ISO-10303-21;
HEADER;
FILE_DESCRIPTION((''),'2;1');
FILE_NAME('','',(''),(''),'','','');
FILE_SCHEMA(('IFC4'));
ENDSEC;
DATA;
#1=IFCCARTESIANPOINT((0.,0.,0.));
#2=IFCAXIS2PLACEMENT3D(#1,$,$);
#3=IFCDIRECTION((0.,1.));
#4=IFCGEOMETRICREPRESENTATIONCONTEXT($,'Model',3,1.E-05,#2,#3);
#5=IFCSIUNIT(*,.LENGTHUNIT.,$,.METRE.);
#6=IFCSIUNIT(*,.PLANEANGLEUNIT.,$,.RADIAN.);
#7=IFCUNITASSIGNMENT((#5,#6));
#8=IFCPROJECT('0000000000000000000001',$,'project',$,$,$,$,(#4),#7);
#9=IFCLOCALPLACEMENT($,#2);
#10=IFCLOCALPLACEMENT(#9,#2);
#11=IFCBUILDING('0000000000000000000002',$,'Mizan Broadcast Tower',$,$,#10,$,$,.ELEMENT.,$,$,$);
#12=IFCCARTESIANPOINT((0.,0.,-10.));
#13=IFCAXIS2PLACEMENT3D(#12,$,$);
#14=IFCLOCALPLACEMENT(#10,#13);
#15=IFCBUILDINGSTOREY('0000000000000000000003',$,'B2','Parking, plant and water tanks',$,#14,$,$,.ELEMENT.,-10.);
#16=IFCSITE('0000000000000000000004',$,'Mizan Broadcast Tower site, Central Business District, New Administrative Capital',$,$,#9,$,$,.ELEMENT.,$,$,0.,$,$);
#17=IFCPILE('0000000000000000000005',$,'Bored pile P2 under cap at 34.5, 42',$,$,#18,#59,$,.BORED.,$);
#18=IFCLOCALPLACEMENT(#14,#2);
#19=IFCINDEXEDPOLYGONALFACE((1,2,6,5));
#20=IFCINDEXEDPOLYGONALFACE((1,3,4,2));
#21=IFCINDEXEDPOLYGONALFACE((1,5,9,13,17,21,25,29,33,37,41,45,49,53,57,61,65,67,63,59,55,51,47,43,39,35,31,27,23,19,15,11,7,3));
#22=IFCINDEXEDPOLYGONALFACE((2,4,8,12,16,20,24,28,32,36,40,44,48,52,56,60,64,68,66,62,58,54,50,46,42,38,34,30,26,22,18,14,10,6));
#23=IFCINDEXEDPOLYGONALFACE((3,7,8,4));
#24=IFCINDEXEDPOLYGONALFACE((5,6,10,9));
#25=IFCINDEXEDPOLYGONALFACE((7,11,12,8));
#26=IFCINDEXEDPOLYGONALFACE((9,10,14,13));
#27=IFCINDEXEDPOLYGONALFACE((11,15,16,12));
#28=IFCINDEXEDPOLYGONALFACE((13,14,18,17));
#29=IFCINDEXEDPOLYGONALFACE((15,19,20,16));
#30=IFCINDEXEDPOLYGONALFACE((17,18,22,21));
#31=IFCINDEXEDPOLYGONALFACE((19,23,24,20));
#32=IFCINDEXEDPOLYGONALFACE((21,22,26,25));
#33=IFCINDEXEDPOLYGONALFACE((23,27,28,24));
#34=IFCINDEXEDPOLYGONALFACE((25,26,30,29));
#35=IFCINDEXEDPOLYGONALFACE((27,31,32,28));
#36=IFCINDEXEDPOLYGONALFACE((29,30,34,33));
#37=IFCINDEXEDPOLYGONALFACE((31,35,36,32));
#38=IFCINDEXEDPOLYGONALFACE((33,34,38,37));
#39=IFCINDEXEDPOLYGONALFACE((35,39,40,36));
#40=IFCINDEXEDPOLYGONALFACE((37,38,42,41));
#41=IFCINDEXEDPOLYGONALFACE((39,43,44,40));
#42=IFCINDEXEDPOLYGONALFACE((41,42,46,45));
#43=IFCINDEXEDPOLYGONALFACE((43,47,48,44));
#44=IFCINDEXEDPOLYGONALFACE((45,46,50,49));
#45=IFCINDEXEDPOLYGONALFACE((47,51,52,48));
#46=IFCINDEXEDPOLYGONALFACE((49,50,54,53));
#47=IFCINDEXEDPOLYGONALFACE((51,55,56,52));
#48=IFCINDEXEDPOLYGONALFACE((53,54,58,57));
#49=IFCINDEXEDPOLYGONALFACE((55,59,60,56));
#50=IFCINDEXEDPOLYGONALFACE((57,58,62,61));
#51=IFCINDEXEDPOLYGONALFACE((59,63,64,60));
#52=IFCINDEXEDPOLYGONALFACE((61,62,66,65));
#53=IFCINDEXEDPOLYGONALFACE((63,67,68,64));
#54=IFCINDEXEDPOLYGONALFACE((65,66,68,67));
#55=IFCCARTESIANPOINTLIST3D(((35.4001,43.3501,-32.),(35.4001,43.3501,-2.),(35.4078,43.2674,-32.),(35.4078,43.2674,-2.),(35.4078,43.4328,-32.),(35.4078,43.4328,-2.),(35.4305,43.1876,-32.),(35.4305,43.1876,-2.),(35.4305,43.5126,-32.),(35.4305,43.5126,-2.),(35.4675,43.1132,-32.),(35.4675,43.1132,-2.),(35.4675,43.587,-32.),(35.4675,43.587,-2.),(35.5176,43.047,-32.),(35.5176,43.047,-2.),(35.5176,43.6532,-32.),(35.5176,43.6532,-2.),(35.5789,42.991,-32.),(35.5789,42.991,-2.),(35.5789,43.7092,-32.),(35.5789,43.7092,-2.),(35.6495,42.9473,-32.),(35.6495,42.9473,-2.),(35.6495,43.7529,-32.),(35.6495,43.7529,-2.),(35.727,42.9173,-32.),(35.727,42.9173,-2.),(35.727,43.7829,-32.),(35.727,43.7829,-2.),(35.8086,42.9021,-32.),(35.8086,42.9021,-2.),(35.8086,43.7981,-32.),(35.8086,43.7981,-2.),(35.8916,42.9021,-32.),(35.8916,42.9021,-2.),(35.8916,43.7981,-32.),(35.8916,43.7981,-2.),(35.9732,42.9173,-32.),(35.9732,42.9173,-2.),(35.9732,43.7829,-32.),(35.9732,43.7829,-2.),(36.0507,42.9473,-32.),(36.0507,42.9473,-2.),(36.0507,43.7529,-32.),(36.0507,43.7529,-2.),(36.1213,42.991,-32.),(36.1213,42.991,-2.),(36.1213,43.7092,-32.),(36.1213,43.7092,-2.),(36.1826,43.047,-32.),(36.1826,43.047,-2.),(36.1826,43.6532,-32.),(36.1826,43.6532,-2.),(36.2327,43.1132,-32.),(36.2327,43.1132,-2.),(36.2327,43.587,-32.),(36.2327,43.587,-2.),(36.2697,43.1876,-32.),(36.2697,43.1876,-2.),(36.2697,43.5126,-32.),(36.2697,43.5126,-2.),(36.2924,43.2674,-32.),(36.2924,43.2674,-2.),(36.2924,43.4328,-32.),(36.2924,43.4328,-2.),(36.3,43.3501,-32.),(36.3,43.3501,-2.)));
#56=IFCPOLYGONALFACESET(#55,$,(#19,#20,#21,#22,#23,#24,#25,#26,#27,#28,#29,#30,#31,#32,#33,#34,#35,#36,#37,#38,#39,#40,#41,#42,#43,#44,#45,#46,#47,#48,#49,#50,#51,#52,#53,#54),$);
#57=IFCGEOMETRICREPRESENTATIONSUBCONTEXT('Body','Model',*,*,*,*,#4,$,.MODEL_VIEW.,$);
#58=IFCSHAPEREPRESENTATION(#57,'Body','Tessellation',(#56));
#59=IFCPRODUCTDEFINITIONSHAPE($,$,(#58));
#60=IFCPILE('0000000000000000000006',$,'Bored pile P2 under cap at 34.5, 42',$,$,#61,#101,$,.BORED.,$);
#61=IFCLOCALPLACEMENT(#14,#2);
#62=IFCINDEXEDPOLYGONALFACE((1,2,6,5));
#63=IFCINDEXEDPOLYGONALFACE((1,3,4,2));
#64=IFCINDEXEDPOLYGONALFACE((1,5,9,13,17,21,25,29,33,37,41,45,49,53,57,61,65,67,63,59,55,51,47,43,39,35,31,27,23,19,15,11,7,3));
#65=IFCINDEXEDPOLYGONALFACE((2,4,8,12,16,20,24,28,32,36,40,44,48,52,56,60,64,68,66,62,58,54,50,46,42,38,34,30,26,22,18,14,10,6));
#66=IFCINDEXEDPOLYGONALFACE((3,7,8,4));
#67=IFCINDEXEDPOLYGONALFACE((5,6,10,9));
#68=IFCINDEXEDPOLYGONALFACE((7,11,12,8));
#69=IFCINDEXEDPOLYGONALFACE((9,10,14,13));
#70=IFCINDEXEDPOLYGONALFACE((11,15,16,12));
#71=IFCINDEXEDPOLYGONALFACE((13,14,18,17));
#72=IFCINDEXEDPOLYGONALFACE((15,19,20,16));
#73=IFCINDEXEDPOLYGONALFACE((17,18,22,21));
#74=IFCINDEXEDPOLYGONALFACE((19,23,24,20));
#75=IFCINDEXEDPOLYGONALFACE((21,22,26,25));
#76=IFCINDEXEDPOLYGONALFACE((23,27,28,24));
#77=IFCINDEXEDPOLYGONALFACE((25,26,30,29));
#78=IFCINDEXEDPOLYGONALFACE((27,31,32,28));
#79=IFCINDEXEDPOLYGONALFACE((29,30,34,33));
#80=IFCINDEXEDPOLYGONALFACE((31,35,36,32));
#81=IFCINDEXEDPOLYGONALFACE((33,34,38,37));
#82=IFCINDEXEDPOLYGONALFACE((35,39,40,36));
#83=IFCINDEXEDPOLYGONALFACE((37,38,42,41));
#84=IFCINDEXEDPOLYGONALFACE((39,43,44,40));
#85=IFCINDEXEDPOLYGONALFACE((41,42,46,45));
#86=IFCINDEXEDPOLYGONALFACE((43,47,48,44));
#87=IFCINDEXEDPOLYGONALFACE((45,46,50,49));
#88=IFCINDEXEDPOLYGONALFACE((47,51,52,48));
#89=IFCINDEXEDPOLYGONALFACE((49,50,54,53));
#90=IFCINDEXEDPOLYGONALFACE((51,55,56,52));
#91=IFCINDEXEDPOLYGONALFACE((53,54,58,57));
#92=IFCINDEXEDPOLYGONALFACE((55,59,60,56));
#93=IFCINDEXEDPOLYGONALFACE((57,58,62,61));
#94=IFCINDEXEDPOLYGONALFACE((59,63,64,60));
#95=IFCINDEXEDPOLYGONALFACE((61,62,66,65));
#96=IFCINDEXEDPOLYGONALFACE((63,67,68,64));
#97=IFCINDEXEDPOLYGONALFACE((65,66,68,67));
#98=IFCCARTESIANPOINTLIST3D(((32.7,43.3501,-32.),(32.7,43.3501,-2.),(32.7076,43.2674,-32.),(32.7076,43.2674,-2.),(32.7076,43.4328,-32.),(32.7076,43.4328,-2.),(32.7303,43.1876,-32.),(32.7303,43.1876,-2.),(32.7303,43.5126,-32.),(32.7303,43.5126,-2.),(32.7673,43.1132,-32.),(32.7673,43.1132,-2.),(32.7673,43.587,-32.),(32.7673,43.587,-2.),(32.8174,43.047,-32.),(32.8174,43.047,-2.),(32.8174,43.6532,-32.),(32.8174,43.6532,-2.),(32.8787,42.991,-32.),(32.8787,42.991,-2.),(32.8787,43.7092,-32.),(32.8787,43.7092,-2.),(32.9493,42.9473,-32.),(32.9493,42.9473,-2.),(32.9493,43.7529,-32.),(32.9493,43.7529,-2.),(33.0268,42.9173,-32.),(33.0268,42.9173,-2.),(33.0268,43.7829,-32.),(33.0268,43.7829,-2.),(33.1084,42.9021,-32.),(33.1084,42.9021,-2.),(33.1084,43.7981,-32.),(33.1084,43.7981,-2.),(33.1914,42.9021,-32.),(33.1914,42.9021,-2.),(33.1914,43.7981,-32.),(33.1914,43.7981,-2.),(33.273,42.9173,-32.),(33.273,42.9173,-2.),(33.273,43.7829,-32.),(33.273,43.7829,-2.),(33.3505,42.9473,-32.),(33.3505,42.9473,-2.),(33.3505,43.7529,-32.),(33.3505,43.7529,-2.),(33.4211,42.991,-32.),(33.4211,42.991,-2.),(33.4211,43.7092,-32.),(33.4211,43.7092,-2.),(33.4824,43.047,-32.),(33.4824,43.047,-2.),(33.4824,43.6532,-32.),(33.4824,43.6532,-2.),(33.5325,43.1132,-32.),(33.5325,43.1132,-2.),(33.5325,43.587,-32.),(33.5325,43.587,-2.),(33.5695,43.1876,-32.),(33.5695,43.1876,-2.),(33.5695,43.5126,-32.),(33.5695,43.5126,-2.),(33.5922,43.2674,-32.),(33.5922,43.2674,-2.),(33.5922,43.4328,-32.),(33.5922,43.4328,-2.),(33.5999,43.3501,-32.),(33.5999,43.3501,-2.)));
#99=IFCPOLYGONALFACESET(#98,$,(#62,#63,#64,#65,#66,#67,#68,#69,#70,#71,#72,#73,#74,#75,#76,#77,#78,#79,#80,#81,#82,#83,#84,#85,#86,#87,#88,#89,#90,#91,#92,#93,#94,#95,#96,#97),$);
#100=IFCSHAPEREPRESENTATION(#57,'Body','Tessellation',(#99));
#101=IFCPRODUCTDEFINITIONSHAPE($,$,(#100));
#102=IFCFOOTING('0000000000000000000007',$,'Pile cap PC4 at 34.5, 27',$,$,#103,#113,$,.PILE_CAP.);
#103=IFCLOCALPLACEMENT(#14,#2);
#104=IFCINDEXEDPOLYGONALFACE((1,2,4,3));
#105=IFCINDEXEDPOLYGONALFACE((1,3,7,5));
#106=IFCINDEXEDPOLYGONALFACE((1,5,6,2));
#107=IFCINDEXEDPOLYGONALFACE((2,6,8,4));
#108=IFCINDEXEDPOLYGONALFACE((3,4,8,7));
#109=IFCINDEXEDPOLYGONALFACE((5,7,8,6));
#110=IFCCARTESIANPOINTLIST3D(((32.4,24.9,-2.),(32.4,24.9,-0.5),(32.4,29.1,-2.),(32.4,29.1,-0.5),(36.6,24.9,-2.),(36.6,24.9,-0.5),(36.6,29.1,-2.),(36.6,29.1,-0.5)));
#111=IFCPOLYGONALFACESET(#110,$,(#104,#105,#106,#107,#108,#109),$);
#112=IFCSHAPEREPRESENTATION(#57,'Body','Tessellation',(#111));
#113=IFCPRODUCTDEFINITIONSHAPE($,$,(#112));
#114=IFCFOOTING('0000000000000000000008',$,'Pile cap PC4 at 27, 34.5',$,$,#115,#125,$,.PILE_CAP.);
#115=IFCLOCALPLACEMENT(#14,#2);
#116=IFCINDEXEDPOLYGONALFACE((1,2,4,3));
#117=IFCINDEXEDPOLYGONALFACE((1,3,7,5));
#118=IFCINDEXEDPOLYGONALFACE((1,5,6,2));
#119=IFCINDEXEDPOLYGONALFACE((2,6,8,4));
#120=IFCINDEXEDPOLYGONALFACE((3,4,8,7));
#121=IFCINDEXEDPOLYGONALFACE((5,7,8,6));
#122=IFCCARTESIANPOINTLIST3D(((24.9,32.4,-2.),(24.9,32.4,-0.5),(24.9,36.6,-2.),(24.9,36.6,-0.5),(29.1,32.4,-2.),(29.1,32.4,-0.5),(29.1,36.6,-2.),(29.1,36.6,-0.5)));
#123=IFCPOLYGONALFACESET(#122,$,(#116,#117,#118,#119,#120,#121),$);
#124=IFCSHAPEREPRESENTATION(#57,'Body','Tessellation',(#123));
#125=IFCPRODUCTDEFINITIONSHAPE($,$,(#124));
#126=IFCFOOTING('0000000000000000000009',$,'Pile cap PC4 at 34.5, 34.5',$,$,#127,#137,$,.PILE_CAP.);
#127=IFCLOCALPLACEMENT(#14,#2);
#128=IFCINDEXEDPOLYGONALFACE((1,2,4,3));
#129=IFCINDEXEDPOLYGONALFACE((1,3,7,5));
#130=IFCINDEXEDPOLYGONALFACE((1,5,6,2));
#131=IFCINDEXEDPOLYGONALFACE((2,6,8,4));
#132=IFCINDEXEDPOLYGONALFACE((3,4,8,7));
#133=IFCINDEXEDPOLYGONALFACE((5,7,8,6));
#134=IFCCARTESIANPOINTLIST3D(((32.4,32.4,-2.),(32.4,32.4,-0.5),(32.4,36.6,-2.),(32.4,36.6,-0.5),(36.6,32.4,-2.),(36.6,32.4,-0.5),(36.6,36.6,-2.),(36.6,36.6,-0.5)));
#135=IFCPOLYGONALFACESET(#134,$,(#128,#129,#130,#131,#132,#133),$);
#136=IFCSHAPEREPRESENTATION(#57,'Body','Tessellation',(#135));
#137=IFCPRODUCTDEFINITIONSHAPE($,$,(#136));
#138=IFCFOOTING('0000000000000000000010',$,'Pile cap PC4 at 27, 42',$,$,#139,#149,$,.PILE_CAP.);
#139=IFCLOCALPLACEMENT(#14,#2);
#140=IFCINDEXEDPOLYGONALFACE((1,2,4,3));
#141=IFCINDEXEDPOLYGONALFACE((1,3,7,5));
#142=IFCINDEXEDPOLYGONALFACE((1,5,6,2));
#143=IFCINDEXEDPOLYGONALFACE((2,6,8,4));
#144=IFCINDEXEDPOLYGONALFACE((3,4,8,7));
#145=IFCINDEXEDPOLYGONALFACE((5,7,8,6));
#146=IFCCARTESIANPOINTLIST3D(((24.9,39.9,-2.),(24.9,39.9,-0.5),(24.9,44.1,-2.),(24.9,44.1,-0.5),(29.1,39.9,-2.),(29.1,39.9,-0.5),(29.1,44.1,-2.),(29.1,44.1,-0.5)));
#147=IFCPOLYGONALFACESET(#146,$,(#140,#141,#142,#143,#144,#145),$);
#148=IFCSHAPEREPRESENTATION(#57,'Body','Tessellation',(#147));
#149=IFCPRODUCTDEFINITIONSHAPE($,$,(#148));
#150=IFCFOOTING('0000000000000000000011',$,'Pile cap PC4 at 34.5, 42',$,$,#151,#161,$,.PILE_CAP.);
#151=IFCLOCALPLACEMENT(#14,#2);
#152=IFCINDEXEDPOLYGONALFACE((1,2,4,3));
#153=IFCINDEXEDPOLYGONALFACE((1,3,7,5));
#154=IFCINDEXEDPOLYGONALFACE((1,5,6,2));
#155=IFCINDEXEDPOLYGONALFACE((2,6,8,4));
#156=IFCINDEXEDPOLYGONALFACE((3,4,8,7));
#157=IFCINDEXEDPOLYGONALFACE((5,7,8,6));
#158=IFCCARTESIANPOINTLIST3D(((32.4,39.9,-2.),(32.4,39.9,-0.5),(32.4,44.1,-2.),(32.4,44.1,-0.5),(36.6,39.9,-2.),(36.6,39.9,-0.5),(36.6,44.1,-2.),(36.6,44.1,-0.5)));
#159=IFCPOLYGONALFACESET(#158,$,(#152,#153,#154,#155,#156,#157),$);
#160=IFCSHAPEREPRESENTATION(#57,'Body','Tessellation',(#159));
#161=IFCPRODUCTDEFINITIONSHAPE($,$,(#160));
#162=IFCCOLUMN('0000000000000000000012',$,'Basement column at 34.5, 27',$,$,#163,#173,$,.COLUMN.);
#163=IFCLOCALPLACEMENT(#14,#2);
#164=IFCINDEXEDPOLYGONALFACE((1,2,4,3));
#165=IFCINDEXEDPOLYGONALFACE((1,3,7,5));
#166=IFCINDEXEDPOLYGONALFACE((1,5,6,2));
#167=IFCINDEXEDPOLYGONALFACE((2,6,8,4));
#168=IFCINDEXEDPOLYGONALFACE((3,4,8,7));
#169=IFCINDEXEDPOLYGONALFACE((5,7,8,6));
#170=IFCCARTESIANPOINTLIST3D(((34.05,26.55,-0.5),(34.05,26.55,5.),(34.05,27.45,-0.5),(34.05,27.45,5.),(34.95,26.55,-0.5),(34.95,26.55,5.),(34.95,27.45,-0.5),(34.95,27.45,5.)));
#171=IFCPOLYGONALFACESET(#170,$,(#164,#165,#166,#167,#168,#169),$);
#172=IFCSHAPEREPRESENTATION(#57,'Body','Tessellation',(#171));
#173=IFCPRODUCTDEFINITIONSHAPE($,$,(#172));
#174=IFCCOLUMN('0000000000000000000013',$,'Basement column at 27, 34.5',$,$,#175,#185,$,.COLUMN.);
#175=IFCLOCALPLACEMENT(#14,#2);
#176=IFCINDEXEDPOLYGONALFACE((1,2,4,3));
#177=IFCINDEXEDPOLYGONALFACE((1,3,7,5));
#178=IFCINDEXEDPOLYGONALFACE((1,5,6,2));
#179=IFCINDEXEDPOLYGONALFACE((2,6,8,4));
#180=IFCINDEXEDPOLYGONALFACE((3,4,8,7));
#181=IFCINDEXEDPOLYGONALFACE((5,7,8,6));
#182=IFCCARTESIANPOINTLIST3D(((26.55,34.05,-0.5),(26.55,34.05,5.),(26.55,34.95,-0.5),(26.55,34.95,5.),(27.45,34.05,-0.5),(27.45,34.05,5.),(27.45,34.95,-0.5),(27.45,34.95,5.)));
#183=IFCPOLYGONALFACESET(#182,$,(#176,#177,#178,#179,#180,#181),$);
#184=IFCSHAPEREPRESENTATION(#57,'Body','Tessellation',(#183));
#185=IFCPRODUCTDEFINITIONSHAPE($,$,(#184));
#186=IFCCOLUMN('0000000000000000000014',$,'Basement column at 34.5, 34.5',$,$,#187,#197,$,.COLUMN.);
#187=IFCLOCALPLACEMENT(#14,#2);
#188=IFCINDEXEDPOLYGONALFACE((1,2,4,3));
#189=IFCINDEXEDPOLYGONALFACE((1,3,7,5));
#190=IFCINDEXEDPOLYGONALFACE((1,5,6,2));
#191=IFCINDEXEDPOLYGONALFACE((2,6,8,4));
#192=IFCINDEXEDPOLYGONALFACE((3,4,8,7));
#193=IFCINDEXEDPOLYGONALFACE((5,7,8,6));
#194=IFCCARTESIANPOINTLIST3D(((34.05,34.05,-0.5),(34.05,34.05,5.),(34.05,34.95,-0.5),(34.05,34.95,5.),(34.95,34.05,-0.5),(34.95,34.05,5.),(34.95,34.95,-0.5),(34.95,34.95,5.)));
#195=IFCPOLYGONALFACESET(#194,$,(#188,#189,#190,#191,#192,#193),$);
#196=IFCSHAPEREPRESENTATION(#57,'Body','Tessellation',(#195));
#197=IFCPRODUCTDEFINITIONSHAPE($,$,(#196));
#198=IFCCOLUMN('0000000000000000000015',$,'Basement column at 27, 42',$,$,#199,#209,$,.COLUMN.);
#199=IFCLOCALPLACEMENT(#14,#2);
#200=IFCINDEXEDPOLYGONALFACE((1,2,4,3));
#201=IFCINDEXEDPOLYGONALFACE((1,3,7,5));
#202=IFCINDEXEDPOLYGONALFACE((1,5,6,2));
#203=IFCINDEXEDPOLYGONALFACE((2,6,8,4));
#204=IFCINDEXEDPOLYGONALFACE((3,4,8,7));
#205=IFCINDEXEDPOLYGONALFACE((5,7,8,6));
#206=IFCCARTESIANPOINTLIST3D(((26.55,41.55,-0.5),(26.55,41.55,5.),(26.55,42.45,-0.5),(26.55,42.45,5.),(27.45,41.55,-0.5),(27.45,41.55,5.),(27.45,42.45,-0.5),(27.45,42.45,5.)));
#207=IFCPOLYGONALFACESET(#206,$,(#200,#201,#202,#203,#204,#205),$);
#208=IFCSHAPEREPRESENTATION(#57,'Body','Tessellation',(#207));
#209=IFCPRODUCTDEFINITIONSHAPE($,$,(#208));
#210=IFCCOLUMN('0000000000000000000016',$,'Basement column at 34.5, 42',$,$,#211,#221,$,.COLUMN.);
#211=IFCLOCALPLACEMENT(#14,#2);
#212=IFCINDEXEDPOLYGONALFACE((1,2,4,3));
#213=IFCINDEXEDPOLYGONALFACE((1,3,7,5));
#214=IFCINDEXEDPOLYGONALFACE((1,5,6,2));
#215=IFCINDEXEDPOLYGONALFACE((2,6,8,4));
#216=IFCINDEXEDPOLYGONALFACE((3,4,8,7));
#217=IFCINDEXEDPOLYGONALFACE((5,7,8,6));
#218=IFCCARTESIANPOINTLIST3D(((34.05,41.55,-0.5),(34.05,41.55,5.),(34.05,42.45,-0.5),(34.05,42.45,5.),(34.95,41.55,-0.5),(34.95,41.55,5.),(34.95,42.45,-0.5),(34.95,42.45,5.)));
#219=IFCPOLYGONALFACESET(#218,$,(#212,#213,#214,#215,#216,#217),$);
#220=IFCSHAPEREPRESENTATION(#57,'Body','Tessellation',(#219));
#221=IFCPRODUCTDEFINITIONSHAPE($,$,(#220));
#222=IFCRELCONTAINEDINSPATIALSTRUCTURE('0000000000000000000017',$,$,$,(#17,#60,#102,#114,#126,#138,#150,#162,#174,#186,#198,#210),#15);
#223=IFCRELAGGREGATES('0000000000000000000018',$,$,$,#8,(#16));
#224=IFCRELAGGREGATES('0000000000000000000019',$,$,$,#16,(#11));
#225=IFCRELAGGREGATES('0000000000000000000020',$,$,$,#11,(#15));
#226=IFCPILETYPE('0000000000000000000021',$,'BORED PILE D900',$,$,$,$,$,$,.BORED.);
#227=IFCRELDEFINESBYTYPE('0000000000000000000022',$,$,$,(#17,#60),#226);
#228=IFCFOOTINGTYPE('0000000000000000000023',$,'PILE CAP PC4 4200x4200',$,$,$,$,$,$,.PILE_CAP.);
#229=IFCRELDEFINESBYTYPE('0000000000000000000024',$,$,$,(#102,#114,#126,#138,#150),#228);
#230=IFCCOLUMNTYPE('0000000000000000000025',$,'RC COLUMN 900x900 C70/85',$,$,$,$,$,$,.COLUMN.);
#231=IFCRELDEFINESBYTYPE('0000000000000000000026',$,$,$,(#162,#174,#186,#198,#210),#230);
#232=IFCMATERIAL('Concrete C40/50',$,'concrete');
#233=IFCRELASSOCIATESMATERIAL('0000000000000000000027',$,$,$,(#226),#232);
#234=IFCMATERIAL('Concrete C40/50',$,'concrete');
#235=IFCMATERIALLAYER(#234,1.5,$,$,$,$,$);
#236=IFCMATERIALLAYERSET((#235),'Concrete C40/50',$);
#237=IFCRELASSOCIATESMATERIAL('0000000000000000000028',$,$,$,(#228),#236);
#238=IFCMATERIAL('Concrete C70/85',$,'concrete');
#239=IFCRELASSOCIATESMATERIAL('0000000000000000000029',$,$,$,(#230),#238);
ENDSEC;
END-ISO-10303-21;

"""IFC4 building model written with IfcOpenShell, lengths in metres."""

from ifc_helpers import new_model, si_unit, direction, frame, origin, origin_2d, place, context, subcontext, project, spatial, rectangle, circle, extrude, material, layer, layer_set, material_profile, profile_set, type_object, element, save


model = new_model("IFC4")

# Units and contexts
model_context = context("Model", 3, precision=1e-05, world=origin(), true_north=direction((0.0, 1.0)))
body_context = subcontext(model_context, "Body", "Model", "MODEL_VIEW")
ifc_project = project(units=[si_unit("LENGTHUNIT", "METRE"), si_unit("PLANEANGLEUNIT", "RADIAN")], contexts=[model_context])

# Site, building, storey
site_placement = place(None, origin())
site = spatial("IfcSite", under=ifc_project, at=site_placement, Name="Mizan Broadcast Tower site, Central Business District, New Administrative Capital", CompositionType="ELEMENT", RefElevation=0.0)
building_placement = place(site_placement, origin())
building = spatial("IfcBuilding", under=site, at=building_placement, Name="Mizan Broadcast Tower", CompositionType="ELEMENT")
storey_placement = place(building_placement, frame((0.0, 0.0, -10.0)))
storey = spatial("IfcBuildingStorey", under=building, at=storey_placement, Name="B2", Description="Parking, plant and water tanks", CompositionType="ELEMENT", Elevation=-10.0)

# Piles
ifc_material_1 = material(Name="Concrete C40/50", Category="concrete")
ifc_material_profile_1 = material_profile(ifc_material_1, circle(Radius=0.45, at=origin_2d()), Name="D900")
ifc_profile_set_1 = profile_set([ifc_material_profile_1], Name="Concrete C40/50")
pile_type = type_object("IfcPileType", Name="BORED PILE D900", PredefinedType="BORED", material=ifc_profile_set_1)
for number, where, z_axis, x_axis, name in (
    (1, (35.8501, 43.3501, -2.0), (0.0, 0.0, -1.0), (1.0, 0.0, 0.0), "Bored pile P2 under cap at 34.5, 42"),
    (2, (33.1499, 43.3501, -2.0), (0.0, 0.0, -1.0), (1.0, 0.0, 0.0), "Bored pile P2 under cap at 34.5, 42"),
):
    element("IfcPile", number, at=place(storey_placement, frame(where, z_axis=z_axis, x_axis=x_axis)), inside=storey, type_object=pile_type, Name=name, PredefinedType="BORED", context=body_context, shape_type="SweptSolid", body=[
        extrude(circle(Radius=0.45, at=origin_2d()), origin(), (0.0, 0.0, 1.0), 30.0),
    ])

# Footings
ifc_material_2 = material(Name="Concrete C40/50", Category="concrete")
ifc_layer = layer(ifc_material_2, 1.5)
ifc_layer_set = layer_set([ifc_layer], Name="Concrete C40/50")
footing_type = type_object("IfcFootingType", Name="PILE CAP PC4 4200x4200", PredefinedType="PILE_CAP", material=ifc_layer_set)
for number, where, z_axis, x_axis, name in (
    (3, (34.5, 27.0, -2.0), (0.0, 0.0, 1.0), (1.0, 0.0, 0.0), "Pile cap PC4 at 34.5, 27"),
    (4, (27.0, 34.5, -2.0), (0.0, 0.0, 1.0), (1.0, 0.0, 0.0), "Pile cap PC4 at 27, 34.5"),
    (5, (34.5, 34.5, -2.0), (0.0, 0.0, 1.0), (1.0, 0.0, 0.0), "Pile cap PC4 at 34.5, 34.5"),
    (6, (27.0, 42.0, -2.0), (0.0, 0.0, 1.0), (1.0, 0.0, 0.0), "Pile cap PC4 at 27, 42"),
    (7, (34.5, 42.0, -2.0), (0.0, 0.0, 1.0), (1.0, 0.0, 0.0), "Pile cap PC4 at 34.5, 42"),
):
    element("IfcFooting", number, at=place(storey_placement, frame(where, z_axis=z_axis, x_axis=x_axis)), inside=storey, type_object=footing_type, Name=name, PredefinedType="PILE_CAP", context=body_context, shape_type="SweptSolid", body=[
        extrude(rectangle(XDim=4.2, YDim=4.2, at=origin_2d()), origin(), (0.0, 0.0, 1.0), 1.5),
    ])

# Columns
ifc_material_3 = material(Name="Concrete C70/85", Category="concrete")
ifc_material_profile_2 = material_profile(ifc_material_3, rectangle(XDim=0.8999, YDim=0.8999, at=origin_2d()), Name="RC 900x900")
ifc_profile_set_2 = profile_set([ifc_material_profile_2], Name="Concrete C70/85")
column_type = type_object("IfcColumnType", Name="RC COLUMN 900x900 C70/85", PredefinedType="COLUMN", material=ifc_profile_set_2)
for number, where, z_axis, x_axis, name in (
    (8, (34.5, 27.0, -0.5), (0.0, 0.0, 1.0), (1.0, 0.0, 0.0), "Basement column at 34.5, 27"),
    (9, (27.0, 34.5, -0.5), (0.0, 0.0, 1.0), (1.0, 0.0, 0.0), "Basement column at 27, 34.5"),
    (10, (34.5, 34.5, -0.5), (0.0, 0.0, 1.0), (1.0, 0.0, 0.0), "Basement column at 34.5, 34.5"),
    (11, (27.0, 42.0, -0.5), (0.0, 0.0, 1.0), (1.0, 0.0, 0.0), "Basement column at 27, 42"),
    (12, (34.5, 42.0, -0.5), (0.0, 0.0, 1.0), (1.0, 0.0, 0.0), "Basement column at 34.5, 42"),
):
    element("IfcColumn", number, at=place(storey_placement, frame(where, z_axis=z_axis, x_axis=x_axis)), inside=storey, type_object=column_type, Name=name, PredefinedType="COLUMN", context=body_context, shape_type="SweptSolid", body=[
        extrude(rectangle(XDim=0.8999, YDim=0.8999, at=origin_2d()), origin(), (0.0, 0.0, 1.0), 5.5),
    ])

save(model, "model.ifc")
